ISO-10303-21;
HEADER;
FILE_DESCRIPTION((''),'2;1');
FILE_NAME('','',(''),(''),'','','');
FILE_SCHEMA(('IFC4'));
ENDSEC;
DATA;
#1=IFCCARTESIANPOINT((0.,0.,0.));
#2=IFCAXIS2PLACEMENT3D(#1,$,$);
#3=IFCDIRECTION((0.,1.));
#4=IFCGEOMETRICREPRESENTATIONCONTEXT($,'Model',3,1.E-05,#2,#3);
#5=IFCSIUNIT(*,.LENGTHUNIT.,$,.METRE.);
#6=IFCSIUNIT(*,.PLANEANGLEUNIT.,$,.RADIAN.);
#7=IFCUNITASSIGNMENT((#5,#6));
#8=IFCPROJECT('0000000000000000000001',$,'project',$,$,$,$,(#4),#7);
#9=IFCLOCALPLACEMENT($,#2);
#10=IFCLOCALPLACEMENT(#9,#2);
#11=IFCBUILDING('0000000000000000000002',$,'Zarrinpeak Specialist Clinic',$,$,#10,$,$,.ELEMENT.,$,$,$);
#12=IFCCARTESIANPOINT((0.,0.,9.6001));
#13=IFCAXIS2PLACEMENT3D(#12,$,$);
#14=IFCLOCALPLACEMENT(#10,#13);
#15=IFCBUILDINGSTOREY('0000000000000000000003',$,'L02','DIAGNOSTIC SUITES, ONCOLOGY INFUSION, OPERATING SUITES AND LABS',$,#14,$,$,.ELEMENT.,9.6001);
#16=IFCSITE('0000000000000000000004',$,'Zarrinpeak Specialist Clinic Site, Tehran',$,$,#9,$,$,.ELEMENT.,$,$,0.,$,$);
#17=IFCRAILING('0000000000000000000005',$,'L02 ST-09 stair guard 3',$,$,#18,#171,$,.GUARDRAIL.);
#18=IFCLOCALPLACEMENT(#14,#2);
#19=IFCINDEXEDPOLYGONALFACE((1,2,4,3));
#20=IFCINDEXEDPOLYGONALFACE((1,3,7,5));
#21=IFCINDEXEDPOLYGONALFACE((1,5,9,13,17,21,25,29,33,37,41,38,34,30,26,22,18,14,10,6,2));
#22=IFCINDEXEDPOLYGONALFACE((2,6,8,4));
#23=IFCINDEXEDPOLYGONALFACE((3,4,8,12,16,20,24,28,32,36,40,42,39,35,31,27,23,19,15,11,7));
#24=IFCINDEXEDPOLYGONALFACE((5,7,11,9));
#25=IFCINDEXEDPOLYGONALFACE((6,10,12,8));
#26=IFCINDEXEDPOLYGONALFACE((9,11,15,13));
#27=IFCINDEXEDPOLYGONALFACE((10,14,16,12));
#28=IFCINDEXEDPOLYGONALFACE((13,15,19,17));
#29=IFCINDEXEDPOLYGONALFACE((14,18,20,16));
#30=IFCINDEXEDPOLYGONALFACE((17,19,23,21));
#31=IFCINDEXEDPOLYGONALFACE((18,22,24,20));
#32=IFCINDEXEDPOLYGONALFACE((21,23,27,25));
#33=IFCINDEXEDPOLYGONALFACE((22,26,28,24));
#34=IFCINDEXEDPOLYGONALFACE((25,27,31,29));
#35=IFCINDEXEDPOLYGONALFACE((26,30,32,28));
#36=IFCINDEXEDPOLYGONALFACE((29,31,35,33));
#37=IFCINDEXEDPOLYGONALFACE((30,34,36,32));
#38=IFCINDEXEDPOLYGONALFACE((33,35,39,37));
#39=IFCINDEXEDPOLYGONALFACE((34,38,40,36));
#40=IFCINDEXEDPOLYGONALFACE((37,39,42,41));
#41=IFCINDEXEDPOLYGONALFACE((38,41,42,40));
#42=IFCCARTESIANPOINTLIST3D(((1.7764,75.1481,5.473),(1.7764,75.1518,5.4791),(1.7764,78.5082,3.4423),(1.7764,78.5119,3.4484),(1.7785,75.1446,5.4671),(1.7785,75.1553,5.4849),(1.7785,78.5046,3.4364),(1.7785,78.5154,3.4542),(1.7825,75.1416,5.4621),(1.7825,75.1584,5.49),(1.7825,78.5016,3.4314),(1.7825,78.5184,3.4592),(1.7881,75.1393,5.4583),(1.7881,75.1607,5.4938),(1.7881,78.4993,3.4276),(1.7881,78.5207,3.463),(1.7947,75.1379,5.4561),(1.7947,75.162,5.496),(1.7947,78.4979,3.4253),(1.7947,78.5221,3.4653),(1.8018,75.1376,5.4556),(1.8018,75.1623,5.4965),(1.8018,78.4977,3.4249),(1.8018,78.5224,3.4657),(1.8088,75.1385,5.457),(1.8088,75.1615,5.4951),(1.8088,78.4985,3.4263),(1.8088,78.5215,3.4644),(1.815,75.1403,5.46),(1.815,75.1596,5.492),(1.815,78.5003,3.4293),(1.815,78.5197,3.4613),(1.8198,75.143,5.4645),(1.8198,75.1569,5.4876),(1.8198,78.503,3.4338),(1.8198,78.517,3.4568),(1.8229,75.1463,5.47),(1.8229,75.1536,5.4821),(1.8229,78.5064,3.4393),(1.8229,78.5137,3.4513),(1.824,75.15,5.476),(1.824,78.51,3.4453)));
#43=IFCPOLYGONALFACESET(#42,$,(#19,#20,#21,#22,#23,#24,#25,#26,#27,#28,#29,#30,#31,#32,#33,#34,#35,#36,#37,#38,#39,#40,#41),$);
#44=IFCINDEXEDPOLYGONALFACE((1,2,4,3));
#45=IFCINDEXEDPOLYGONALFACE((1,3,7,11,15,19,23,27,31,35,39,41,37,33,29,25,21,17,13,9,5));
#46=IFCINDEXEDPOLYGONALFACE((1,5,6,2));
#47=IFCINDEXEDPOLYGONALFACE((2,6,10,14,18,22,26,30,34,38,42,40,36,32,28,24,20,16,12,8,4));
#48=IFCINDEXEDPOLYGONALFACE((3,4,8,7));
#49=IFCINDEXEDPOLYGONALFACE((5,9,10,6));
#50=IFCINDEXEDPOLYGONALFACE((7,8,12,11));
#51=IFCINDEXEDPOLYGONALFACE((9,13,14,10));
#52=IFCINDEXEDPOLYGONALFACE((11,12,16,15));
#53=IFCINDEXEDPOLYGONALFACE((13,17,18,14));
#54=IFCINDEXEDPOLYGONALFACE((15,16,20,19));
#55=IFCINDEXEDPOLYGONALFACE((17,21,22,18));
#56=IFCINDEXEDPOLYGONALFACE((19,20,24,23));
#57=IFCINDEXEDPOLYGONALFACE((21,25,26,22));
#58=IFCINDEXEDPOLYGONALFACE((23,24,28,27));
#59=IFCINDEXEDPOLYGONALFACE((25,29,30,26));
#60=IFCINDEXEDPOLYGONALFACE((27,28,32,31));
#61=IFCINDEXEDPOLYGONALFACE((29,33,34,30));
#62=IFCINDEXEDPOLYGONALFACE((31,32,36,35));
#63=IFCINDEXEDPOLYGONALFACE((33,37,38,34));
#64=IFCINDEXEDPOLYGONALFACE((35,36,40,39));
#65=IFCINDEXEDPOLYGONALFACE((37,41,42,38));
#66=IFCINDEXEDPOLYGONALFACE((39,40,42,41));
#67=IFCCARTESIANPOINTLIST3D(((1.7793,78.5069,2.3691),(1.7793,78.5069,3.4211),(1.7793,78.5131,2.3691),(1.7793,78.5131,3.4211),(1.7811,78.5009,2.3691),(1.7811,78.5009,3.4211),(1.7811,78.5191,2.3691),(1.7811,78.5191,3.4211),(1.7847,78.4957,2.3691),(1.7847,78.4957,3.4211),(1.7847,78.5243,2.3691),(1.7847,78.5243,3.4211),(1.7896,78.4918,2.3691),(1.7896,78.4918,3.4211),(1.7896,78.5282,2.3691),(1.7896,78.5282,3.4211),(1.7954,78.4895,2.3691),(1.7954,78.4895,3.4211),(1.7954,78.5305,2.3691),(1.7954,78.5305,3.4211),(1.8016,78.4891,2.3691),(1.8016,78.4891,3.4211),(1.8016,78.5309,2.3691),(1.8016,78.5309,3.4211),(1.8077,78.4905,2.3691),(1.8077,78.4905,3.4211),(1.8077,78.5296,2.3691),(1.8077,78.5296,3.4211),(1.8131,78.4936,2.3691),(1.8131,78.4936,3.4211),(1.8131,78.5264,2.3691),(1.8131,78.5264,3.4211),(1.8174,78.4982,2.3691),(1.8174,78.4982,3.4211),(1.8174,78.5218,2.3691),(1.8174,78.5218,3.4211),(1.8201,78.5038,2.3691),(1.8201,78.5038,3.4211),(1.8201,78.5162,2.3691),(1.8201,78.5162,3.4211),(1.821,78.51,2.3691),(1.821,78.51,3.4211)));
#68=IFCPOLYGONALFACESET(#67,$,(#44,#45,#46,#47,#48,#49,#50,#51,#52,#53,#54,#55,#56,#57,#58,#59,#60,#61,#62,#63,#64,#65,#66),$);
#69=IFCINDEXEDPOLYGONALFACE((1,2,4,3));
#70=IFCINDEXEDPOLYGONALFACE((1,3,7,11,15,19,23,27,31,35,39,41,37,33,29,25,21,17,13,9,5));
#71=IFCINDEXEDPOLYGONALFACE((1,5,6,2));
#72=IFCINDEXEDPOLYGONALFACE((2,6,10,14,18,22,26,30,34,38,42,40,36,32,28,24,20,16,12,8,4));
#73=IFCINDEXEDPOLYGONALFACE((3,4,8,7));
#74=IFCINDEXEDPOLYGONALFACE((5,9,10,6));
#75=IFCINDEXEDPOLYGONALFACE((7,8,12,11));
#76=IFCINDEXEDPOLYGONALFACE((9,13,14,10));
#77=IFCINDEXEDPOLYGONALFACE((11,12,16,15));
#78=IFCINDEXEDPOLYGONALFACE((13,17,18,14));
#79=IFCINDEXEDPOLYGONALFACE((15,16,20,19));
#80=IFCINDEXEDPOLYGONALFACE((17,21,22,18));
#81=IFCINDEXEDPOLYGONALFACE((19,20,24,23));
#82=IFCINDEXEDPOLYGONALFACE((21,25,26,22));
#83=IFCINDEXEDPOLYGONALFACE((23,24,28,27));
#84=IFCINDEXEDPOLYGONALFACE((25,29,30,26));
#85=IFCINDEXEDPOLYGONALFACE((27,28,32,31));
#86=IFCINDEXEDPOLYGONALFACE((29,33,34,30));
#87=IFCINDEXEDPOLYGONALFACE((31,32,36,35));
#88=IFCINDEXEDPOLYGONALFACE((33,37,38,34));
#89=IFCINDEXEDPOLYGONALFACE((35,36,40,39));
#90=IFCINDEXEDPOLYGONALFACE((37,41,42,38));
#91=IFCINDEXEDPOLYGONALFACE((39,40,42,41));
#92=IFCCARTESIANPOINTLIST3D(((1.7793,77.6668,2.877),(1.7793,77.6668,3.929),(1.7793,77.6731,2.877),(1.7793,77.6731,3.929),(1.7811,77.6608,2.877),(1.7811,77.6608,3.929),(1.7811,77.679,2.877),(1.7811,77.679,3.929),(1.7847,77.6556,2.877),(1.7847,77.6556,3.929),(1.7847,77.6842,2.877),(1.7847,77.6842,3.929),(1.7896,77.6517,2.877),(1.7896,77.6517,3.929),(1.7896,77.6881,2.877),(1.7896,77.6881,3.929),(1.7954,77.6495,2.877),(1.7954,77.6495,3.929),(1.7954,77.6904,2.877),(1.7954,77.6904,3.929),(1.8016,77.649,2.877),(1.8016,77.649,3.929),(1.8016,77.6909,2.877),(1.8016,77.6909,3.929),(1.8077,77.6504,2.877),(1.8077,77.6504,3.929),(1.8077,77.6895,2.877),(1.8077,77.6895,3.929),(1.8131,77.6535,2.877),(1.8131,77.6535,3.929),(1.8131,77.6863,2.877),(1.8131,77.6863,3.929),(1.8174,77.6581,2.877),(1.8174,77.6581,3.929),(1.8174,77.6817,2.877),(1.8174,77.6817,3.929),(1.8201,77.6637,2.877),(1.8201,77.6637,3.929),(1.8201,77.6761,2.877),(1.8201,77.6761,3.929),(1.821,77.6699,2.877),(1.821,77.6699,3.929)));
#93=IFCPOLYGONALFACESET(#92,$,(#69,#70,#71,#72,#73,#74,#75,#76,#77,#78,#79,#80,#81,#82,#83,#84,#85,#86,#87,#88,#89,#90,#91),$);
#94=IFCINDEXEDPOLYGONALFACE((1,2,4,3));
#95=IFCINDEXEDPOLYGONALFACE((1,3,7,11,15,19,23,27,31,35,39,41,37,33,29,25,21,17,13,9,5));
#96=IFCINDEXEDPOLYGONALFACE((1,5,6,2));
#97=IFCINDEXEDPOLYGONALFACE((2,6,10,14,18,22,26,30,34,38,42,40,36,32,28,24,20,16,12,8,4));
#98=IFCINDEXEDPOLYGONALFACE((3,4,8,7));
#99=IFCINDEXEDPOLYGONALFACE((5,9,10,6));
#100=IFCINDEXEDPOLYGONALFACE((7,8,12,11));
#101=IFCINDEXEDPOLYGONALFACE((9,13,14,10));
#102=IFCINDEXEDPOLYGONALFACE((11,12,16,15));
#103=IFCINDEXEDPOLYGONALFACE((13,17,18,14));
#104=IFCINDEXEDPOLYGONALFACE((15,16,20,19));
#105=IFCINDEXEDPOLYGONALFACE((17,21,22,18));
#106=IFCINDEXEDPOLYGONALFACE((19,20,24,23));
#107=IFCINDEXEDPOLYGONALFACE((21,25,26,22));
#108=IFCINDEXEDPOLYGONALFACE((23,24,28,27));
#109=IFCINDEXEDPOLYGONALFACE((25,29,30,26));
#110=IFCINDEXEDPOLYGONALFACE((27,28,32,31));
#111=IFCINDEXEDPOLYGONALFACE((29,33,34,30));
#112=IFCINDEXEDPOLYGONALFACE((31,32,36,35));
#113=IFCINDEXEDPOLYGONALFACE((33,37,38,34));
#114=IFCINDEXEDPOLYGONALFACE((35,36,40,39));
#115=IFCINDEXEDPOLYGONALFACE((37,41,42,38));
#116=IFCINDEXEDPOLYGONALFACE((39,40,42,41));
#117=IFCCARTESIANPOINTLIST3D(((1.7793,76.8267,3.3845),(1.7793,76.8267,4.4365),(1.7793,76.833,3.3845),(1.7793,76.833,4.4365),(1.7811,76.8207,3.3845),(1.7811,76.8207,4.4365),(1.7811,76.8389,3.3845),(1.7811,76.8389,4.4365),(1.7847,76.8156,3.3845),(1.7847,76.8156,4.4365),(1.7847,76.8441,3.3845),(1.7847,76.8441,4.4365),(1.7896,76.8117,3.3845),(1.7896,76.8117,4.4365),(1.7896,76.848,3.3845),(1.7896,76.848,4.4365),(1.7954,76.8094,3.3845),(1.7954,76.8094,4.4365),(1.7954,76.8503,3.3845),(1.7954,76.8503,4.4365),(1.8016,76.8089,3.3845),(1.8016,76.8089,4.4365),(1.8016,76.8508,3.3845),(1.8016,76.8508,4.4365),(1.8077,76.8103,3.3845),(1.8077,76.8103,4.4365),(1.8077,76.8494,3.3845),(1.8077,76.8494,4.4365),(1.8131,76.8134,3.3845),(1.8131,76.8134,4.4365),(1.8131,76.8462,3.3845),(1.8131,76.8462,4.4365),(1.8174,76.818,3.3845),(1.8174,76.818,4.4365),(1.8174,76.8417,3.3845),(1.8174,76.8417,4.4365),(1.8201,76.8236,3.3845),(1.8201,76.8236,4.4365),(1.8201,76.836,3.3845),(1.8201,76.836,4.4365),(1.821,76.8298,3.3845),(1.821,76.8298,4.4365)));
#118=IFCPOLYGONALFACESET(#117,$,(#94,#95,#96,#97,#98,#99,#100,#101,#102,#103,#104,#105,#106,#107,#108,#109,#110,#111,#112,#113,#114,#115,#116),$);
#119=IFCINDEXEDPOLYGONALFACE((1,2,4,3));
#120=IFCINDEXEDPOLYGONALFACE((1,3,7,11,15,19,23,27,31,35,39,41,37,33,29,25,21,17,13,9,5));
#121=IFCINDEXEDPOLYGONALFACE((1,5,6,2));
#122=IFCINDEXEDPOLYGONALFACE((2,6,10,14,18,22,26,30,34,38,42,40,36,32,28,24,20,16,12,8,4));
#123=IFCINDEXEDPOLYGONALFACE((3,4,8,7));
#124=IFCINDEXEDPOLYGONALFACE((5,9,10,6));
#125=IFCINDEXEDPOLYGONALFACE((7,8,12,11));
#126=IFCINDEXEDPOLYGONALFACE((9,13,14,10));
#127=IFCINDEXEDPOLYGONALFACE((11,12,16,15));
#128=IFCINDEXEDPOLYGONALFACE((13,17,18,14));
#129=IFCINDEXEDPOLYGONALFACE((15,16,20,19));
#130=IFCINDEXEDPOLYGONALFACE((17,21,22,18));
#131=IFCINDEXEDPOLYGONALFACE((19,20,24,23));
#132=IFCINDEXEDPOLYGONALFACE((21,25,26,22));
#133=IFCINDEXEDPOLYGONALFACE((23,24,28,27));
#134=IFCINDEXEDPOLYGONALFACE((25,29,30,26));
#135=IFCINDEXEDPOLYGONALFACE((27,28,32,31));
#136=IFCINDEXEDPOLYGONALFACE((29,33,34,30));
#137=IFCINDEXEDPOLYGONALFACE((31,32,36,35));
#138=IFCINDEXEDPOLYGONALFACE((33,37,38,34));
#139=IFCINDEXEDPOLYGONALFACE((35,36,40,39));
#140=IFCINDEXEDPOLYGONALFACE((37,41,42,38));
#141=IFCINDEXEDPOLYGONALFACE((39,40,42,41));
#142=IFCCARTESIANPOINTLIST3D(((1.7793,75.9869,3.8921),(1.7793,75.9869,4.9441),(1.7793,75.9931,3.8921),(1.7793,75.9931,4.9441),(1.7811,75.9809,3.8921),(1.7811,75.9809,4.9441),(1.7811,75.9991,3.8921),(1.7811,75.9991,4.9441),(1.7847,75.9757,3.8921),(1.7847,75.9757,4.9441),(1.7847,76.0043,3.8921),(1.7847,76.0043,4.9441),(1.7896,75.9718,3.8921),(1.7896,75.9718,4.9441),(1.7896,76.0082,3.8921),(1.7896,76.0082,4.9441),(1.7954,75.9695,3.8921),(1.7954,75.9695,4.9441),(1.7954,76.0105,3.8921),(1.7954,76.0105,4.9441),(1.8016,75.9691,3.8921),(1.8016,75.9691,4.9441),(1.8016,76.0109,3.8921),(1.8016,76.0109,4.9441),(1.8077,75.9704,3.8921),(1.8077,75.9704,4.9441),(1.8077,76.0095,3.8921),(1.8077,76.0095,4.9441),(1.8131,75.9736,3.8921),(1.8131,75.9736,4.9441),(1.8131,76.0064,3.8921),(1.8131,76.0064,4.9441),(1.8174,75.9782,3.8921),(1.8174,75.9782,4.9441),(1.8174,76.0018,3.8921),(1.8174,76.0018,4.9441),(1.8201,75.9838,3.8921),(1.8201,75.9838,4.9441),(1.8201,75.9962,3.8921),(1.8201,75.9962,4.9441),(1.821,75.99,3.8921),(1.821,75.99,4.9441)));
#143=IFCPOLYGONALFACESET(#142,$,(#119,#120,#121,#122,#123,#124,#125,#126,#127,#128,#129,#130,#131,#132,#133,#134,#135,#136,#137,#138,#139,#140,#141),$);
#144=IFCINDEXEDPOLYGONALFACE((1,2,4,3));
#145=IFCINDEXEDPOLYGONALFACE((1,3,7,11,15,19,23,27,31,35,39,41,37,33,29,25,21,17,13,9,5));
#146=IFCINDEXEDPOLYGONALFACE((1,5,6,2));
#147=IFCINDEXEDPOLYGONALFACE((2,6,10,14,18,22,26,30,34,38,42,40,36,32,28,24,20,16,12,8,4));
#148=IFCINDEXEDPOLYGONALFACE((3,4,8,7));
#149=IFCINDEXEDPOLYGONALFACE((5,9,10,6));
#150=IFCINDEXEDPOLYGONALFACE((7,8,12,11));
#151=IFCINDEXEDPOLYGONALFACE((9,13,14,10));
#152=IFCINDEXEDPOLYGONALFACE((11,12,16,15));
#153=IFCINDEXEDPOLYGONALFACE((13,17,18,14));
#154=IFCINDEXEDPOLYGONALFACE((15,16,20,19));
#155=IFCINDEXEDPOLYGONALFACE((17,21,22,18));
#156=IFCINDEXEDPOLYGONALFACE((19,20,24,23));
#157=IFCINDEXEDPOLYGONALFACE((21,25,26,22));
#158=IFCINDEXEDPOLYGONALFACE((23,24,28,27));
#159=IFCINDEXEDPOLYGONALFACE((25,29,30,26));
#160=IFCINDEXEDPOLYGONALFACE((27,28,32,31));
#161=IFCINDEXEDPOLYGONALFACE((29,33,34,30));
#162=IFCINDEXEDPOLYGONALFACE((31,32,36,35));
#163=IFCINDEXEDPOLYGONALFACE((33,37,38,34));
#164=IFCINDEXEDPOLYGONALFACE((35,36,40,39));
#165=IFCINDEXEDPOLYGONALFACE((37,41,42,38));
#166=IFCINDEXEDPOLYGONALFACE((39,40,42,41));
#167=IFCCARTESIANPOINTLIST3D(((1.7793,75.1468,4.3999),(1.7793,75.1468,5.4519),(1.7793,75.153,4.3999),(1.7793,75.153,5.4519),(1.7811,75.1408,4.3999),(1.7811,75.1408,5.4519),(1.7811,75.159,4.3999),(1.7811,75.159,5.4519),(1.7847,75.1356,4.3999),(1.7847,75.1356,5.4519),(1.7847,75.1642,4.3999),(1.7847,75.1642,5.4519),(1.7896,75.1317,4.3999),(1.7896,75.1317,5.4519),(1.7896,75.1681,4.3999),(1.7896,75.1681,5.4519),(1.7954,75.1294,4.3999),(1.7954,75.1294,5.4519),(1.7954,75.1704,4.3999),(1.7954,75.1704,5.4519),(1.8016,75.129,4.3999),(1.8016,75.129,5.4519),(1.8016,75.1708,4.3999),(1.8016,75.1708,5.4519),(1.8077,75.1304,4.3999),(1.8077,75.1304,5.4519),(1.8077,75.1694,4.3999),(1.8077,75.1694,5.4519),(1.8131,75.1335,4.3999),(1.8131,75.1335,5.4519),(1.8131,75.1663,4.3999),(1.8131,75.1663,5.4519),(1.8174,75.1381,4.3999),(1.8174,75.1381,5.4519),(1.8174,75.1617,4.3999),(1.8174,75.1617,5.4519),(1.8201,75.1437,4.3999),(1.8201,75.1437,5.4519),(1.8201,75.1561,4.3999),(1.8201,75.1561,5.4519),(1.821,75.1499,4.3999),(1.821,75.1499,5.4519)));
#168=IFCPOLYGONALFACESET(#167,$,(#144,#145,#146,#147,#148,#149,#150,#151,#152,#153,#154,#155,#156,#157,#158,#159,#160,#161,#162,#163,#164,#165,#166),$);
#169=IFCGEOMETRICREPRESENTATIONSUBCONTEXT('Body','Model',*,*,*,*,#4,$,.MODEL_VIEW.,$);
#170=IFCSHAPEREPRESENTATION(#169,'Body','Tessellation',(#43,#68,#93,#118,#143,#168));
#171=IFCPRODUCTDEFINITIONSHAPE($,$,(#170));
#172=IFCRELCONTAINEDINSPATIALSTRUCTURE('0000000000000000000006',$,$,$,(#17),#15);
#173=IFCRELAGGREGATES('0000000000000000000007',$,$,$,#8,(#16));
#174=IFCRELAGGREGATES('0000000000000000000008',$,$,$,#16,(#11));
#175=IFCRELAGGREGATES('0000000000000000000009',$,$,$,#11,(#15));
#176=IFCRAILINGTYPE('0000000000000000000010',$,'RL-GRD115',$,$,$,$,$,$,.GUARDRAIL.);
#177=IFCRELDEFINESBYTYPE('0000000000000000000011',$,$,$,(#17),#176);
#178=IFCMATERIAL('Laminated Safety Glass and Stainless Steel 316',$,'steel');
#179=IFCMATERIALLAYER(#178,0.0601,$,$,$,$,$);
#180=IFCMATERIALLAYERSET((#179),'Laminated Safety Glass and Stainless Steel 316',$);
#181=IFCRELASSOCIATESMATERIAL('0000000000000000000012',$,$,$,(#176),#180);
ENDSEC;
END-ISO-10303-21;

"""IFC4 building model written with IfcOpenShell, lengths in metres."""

from ifc_helpers import new_model, si_unit, direction, frame, origin, origin_2d, place, context, subcontext, project, spatial, circle, extrude, material, layer, layer_set, type_object, element, save


model = new_model("IFC4")

# Units and contexts
model_context = context("Model", 3, precision=1e-05, world=origin(), true_north=direction((0.0, 1.0)))
body_context = subcontext(model_context, "Body", "Model", "MODEL_VIEW")
ifc_project = project(units=[si_unit("LENGTHUNIT", "METRE"), si_unit("PLANEANGLEUNIT", "RADIAN")], contexts=[model_context])

# Site, building, storey
site_placement = place(None, origin())
site = spatial("IfcSite", under=ifc_project, at=site_placement, Name="Zarrinpeak Specialist Clinic Site, Tehran", CompositionType="ELEMENT", RefElevation=0.0)
building_placement = place(site_placement, origin())
building = spatial("IfcBuilding", under=site, at=building_placement, Name="Zarrinpeak Specialist Clinic", CompositionType="ELEMENT")
storey_placement = place(building_placement, frame((0.0, 0.0, 9.6001)))
storey = spatial("IfcBuildingStorey", under=building, at=storey_placement, Name="L02", Description="DIAGNOSTIC SUITES, ONCOLOGY INFUSION, OPERATING SUITES AND LABS", CompositionType="ELEMENT", Elevation=9.6001)

# Railing
ifc_material_1 = material(Name="Laminated Safety Glass and Stainless Steel 316", Category="steel")
ifc_layer_1 = layer(ifc_material_1, 0.0601)
ifc_layer_set_1 = layer_set([ifc_layer_1], Name="Laminated Safety Glass and Stainless Steel 316")
railing_type_1 = type_object("IfcRailingType", Name="RL-GRD115", PredefinedType="GUARDRAIL", material=ifc_layer_set_1)
railing_1_placement = place(storey_placement, frame((1.8, 78.51, 2.3691)))
element("IfcRailing", 1, at=railing_1_placement, inside=storey, type_object=railing_type_1, Name="L02 ST-09 stair guard 3", PredefinedType="GUARDRAIL", context=body_context, shape_type="SweptSolid", body=[
    extrude(circle(Radius=0.0239, at=origin_2d()), frame((0.0, 0.0, 1.0762), z_axis=(0.0, -0.855837, 0.517246), x_axis=(1.0, 0.0, 0.0)), (0.0, 0.0, 1.0), 3.926),
    extrude(circle(Radius=0.021, at=origin_2d()), origin(), (0.0, 0.0, 1.0), 1.052),
    extrude(circle(Radius=0.021, at=origin_2d()), frame((0.0, -0.8401, 0.5078)), (0.0, 0.0, 1.0), 1.052),
    extrude(circle(Radius=0.021, at=origin_2d()), frame((0.0, -1.6802, 1.0154)), (0.0, 0.0, 1.0), 1.052),
    extrude(circle(Radius=0.021, at=origin_2d()), frame((0.0, -2.52, 1.5229)), (0.0, 0.0, 1.0), 1.052),
    extrude(circle(Radius=0.021, at=origin_2d()), frame((0.0, -3.3601, 2.0308)), (0.0, 0.0, 1.0), 1.052),
])

save(model, "model.ifc")
